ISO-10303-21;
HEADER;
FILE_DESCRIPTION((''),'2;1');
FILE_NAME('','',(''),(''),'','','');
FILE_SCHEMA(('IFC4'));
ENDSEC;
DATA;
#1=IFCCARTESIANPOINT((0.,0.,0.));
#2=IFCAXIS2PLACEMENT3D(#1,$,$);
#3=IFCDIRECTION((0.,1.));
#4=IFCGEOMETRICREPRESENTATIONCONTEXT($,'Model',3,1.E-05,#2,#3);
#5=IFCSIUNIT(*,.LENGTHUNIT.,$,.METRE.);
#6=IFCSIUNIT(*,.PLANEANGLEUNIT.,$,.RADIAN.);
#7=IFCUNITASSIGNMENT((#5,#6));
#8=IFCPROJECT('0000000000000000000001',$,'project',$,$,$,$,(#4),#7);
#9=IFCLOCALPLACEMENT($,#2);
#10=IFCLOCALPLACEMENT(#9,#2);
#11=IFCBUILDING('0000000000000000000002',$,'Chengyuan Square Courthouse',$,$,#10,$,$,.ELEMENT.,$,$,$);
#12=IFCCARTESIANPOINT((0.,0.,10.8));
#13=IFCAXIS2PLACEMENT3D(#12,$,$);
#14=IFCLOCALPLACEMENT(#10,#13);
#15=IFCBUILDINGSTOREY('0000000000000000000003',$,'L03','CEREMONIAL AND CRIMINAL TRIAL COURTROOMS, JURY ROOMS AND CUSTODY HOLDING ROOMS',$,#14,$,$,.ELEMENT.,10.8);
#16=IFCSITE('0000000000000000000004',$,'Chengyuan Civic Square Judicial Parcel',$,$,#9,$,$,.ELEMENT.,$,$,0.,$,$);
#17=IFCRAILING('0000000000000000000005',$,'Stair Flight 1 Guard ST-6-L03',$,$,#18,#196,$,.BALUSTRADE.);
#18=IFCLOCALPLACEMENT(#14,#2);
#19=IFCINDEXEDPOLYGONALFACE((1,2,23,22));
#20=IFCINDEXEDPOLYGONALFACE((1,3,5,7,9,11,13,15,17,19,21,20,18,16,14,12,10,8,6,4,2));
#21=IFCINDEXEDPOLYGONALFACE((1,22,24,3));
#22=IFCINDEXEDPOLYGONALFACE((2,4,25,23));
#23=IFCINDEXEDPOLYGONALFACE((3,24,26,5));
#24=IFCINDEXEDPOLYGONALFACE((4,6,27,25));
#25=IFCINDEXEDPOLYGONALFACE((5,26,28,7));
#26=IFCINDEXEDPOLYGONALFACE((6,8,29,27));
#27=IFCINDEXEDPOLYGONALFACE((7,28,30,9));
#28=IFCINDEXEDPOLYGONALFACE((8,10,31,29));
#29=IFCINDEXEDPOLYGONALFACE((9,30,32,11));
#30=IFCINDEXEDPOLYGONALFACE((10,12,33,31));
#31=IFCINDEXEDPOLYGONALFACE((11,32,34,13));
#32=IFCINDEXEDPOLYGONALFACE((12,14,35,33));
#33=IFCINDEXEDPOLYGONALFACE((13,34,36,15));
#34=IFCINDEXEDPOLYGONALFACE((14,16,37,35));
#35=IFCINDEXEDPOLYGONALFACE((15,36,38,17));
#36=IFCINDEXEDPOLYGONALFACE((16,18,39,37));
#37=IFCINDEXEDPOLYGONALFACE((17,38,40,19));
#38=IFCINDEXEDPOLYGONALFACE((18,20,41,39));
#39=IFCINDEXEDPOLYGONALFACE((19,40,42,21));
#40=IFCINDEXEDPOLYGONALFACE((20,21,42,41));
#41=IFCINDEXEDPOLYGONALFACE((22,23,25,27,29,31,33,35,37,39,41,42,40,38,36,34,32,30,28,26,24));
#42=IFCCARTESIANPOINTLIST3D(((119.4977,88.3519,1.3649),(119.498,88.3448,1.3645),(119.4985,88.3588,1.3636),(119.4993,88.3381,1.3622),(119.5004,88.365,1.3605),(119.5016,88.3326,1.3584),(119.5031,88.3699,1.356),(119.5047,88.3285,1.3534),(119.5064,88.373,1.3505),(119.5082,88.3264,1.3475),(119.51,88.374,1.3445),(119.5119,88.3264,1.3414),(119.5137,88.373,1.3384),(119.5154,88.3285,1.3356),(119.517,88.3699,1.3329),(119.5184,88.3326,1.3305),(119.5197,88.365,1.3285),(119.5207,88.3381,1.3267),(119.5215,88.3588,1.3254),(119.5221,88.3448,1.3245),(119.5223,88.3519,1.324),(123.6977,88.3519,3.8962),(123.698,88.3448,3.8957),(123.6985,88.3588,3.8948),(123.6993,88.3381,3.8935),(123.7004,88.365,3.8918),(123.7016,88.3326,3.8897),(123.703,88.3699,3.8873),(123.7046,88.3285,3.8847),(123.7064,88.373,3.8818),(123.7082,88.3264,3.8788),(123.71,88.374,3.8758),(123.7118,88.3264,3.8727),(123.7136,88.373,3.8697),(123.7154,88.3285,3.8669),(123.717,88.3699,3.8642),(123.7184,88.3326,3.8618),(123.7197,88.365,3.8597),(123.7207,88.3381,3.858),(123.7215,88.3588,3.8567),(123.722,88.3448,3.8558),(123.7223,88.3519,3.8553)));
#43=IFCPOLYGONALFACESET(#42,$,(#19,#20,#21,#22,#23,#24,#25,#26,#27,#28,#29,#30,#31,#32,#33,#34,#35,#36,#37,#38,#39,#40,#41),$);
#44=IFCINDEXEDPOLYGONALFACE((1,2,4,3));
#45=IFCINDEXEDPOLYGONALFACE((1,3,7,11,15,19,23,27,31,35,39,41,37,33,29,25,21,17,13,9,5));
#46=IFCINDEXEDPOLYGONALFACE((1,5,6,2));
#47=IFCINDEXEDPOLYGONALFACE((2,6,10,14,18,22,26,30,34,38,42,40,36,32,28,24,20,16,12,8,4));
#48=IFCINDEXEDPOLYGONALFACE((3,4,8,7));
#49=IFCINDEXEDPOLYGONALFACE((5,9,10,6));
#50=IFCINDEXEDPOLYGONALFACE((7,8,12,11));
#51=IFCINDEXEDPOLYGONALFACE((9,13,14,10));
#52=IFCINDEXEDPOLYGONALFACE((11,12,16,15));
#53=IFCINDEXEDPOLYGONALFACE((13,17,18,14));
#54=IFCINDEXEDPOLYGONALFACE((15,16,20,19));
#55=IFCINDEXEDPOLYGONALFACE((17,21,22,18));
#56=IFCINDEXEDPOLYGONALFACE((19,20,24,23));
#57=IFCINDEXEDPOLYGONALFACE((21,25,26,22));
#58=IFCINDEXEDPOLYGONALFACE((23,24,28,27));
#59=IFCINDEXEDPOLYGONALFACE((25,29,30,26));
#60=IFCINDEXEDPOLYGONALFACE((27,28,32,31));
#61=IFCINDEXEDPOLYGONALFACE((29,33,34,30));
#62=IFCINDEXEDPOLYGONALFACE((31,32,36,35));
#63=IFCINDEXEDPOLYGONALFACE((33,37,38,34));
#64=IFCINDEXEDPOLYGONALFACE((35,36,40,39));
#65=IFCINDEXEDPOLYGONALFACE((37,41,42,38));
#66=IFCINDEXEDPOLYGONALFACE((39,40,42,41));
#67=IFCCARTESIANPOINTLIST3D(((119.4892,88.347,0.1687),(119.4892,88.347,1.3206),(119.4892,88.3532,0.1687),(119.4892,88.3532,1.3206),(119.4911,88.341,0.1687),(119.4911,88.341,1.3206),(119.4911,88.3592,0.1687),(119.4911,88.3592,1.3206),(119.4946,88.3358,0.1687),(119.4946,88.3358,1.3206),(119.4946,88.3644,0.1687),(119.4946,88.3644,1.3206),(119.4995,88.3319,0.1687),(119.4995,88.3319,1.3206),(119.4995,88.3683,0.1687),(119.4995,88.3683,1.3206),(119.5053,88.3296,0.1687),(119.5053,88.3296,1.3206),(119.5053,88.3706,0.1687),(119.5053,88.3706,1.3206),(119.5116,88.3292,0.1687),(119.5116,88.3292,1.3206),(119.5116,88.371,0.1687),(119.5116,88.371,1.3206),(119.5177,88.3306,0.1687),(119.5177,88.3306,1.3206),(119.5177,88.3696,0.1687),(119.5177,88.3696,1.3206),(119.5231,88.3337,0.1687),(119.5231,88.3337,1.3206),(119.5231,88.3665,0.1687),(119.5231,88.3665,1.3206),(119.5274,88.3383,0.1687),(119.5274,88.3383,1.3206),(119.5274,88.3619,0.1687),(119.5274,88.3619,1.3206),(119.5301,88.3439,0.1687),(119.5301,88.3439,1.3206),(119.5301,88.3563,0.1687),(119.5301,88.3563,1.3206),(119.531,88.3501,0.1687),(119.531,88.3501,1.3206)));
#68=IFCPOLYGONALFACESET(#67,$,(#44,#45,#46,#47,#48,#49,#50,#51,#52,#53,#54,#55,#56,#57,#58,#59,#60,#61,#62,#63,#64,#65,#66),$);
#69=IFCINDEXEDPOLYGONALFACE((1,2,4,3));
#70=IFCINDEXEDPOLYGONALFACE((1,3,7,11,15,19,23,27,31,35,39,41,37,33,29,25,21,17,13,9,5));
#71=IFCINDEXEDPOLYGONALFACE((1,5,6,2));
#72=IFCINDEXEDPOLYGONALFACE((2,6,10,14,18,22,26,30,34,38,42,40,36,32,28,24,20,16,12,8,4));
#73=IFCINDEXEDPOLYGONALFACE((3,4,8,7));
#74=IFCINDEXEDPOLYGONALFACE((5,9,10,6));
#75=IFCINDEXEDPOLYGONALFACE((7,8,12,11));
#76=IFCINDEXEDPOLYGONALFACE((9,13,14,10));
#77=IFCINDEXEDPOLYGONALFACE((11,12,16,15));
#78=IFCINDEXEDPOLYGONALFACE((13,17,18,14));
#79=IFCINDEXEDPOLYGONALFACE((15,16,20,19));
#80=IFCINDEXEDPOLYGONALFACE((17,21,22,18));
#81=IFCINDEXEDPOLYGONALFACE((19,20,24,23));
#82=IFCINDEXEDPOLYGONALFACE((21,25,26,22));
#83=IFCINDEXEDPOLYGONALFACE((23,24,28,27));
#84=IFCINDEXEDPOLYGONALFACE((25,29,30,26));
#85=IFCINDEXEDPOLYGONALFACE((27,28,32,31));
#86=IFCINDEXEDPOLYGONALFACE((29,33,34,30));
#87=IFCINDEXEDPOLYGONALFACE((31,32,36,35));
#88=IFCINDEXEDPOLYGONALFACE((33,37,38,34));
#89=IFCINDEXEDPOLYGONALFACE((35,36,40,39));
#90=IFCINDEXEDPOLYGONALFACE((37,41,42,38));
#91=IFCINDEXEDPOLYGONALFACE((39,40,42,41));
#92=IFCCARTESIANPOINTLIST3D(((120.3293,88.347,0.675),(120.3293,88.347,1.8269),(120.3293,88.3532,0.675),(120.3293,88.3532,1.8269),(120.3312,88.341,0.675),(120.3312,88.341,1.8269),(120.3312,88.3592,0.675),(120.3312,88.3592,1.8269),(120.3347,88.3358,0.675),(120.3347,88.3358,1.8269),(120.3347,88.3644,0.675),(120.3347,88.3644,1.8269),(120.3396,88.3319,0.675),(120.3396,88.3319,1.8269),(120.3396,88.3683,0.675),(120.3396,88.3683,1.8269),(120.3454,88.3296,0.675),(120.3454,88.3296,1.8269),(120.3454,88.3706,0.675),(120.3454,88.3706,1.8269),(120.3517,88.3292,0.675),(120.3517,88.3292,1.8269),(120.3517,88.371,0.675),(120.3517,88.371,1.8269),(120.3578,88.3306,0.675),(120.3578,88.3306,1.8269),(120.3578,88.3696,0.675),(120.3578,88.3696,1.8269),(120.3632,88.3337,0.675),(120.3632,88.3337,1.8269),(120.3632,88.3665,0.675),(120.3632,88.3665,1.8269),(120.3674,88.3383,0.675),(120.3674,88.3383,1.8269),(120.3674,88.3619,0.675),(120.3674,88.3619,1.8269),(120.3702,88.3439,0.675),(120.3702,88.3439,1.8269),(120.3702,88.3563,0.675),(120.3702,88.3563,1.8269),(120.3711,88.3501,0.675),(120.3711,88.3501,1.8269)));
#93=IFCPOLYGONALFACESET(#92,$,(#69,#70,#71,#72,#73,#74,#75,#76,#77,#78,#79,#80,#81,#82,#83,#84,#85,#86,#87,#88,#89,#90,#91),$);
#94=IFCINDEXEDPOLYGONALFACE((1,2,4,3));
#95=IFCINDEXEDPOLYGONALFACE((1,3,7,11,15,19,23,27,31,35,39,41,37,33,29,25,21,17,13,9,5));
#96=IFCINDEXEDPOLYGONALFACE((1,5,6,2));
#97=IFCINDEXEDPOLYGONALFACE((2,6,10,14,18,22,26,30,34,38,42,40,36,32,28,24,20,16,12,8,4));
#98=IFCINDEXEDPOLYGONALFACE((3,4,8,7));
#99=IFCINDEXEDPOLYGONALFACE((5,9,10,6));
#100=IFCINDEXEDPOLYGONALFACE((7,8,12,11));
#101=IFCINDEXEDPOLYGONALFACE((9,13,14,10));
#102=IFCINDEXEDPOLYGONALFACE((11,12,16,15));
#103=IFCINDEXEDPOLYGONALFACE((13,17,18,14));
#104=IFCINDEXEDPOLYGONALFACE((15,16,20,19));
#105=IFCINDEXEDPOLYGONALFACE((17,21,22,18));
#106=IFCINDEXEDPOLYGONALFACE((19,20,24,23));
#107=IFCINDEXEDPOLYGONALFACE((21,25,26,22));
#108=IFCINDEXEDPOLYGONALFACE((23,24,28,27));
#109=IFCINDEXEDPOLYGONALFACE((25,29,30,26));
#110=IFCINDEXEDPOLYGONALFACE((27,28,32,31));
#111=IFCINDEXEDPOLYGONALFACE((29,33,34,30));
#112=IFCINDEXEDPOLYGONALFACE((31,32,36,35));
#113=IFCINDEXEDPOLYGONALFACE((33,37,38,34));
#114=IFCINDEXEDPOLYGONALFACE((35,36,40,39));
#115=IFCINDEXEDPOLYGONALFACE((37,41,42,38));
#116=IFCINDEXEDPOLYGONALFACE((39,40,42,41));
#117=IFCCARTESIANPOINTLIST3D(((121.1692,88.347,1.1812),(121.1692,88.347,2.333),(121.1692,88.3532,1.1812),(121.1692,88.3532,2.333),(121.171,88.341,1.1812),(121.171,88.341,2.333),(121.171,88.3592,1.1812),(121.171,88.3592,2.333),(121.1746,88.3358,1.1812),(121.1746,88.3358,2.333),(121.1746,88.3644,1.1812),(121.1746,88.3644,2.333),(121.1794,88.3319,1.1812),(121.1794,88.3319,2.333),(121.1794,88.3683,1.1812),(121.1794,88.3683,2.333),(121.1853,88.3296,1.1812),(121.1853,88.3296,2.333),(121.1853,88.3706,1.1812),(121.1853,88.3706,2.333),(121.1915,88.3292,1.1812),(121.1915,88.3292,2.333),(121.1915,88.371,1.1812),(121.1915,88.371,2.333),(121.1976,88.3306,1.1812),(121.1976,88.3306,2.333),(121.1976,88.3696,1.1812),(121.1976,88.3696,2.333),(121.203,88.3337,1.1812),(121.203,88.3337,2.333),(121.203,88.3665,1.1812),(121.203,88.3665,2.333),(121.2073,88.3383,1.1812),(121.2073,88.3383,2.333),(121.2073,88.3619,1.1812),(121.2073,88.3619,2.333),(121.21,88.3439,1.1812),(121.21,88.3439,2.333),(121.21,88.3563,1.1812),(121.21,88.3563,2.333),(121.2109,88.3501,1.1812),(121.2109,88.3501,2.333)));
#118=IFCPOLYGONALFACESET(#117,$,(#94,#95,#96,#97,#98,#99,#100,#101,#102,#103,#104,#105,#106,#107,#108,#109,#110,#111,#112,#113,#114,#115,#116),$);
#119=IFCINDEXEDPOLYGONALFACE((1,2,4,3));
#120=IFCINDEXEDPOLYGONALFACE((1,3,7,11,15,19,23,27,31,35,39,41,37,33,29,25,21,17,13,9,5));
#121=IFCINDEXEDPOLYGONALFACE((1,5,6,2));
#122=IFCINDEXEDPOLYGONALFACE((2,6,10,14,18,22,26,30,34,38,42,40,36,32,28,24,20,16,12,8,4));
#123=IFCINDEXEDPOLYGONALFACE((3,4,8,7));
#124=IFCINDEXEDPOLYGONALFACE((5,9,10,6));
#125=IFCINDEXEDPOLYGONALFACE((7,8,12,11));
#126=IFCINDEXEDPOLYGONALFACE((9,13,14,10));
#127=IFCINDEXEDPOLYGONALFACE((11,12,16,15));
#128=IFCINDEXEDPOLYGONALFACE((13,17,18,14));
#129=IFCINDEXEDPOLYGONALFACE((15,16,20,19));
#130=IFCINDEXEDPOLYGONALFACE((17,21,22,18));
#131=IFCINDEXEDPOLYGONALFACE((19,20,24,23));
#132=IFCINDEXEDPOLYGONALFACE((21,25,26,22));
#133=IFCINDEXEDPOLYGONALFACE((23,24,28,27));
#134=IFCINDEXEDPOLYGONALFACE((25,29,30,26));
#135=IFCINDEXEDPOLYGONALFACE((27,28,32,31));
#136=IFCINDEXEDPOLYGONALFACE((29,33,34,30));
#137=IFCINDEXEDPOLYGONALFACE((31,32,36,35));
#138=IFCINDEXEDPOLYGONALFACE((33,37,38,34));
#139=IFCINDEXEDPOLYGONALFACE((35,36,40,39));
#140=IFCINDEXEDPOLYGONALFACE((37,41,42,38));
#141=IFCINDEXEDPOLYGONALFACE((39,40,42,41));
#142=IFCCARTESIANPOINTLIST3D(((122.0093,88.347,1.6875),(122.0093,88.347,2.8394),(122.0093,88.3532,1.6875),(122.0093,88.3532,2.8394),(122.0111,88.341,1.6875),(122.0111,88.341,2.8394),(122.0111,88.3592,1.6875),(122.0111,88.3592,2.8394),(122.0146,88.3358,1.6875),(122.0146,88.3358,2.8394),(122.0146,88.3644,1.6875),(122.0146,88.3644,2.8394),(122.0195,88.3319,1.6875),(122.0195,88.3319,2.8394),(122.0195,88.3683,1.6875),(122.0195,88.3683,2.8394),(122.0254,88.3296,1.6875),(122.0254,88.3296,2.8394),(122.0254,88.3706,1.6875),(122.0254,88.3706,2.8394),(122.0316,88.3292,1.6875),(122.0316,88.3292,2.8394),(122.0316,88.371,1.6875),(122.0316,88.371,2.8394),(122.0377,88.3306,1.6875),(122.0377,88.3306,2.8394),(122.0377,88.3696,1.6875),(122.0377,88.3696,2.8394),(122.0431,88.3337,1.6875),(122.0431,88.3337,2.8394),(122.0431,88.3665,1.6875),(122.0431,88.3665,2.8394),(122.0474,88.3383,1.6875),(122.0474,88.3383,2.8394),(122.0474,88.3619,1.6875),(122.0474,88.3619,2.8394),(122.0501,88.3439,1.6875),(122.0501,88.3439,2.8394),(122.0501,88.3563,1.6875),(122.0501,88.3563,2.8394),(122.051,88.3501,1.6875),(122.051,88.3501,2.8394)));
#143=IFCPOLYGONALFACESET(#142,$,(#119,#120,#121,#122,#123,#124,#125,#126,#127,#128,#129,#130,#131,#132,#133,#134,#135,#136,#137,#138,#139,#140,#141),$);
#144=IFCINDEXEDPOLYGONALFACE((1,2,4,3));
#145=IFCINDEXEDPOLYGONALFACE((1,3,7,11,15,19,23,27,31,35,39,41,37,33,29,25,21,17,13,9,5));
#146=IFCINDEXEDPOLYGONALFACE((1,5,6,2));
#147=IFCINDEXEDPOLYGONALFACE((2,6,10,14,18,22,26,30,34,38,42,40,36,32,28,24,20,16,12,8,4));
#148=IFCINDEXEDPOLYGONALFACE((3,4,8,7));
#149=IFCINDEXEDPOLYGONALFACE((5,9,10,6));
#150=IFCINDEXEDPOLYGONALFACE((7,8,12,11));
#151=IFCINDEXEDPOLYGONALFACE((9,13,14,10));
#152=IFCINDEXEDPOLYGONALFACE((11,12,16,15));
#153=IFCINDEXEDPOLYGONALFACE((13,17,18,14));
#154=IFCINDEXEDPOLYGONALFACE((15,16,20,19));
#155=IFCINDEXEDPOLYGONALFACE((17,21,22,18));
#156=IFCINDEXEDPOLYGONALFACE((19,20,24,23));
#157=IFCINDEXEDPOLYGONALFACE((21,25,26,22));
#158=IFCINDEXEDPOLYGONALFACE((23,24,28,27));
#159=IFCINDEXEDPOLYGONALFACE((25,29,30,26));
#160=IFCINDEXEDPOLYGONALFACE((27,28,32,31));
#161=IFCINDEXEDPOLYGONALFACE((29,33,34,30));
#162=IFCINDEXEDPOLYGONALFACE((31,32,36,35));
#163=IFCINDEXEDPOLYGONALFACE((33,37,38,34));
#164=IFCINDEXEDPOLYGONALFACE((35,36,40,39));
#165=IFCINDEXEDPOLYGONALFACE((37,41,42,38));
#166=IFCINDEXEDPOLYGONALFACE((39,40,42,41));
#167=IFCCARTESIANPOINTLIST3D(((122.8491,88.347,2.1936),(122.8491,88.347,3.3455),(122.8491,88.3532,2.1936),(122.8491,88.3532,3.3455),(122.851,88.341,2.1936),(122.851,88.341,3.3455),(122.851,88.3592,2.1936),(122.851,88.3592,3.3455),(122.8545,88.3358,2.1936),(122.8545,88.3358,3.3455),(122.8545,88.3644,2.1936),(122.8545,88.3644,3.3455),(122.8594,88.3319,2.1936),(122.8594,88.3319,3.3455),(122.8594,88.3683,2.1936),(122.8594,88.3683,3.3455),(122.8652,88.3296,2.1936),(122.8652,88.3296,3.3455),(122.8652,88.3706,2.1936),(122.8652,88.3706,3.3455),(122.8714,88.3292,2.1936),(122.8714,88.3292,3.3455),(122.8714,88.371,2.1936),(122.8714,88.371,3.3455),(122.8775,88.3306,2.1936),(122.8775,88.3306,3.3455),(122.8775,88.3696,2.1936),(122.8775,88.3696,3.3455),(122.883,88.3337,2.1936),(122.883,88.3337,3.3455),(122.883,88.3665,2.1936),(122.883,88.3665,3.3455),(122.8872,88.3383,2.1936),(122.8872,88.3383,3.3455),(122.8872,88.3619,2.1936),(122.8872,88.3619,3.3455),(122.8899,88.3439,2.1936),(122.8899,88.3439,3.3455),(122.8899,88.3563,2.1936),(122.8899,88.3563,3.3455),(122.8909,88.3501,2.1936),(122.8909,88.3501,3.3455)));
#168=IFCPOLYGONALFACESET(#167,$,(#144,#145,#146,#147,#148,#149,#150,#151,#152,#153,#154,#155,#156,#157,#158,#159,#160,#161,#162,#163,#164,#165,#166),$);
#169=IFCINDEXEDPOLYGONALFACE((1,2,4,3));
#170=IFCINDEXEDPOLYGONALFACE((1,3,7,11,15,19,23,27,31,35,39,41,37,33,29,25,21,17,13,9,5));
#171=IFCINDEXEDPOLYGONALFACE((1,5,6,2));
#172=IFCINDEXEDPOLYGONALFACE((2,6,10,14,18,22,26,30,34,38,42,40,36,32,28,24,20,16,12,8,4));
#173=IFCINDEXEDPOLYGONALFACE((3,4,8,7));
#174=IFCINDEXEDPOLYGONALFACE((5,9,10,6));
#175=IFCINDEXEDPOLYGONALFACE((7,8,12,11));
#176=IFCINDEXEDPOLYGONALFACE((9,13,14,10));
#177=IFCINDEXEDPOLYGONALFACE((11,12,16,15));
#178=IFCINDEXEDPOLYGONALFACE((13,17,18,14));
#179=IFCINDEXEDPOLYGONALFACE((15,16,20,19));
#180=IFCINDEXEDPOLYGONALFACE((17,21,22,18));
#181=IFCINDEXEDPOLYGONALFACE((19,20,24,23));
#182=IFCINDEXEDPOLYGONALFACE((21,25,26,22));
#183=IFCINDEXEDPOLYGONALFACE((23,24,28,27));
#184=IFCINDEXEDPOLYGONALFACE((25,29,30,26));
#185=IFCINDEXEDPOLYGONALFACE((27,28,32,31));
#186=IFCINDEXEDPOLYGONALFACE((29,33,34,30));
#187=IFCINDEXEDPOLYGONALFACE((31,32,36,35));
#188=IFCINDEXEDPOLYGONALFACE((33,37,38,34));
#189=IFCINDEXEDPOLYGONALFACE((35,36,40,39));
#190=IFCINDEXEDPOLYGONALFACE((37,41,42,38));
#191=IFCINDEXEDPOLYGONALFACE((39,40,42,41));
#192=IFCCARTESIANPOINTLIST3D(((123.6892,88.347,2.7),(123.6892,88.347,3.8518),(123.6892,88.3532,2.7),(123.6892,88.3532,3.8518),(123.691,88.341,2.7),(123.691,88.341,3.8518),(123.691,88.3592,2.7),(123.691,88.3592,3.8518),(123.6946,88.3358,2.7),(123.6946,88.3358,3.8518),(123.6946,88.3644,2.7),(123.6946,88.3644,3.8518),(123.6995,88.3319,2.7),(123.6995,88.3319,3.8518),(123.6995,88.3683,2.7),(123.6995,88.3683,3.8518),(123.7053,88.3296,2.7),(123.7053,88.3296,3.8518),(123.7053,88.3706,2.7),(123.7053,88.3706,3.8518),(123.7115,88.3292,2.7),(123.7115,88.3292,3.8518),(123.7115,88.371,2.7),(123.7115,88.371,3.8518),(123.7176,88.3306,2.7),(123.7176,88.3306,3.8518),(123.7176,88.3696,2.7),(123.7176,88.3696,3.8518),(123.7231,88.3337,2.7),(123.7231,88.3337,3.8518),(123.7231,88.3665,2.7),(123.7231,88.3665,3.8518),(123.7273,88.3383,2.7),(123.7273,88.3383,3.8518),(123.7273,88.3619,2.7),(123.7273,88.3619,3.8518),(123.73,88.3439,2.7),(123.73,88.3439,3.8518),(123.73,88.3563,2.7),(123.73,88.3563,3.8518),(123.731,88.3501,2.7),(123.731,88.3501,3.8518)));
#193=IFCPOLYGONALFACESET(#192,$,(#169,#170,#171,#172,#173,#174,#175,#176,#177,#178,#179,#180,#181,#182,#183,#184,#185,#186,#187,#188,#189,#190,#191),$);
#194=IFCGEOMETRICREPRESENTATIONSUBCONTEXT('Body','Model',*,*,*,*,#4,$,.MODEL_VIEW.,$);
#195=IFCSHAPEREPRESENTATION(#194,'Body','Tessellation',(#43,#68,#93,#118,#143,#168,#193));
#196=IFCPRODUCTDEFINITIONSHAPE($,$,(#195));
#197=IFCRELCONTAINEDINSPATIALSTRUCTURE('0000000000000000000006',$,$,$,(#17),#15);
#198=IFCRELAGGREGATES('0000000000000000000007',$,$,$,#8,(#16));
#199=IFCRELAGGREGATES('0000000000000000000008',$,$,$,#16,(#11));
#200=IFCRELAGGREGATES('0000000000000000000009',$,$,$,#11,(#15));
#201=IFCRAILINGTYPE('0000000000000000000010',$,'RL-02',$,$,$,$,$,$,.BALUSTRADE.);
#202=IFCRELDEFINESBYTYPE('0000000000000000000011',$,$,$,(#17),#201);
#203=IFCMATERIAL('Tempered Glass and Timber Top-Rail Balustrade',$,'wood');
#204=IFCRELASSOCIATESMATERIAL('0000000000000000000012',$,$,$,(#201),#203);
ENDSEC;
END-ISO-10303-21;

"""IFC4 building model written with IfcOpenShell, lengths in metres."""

from ifc_helpers import new_model, si_unit, direction, frame, origin, origin_2d, place, context, subcontext, project, spatial, circle, extrude, material, type_object, element, save


model = new_model("IFC4")

# Units and contexts
model_context = context("Model", 3, precision=1e-05, world=origin(), true_north=direction((0.0, 1.0)))
body_context = subcontext(model_context, "Body", "Model", "MODEL_VIEW")
ifc_project = project(units=[si_unit("LENGTHUNIT", "METRE"), si_unit("PLANEANGLEUNIT", "RADIAN")], contexts=[model_context])

# Site, building, storey
site_placement = place(None, origin())
site = spatial("IfcSite", under=ifc_project, at=site_placement, Name="Chengyuan Civic Square Judicial Parcel", CompositionType="ELEMENT", RefElevation=0.0)
building_placement = place(site_placement, origin())
building = spatial("IfcBuilding", under=site, at=building_placement, Name="Chengyuan Square Courthouse", CompositionType="ELEMENT")
storey_placement = place(building_placement, frame((0.0, 0.0, 10.8)))
storey = spatial("IfcBuildingStorey", under=building, at=storey_placement, Name="L03", Description="CEREMONIAL AND CRIMINAL TRIAL COURTROOMS, JURY ROOMS AND CUSTODY HOLDING ROOMS", CompositionType="ELEMENT", Elevation=10.8)

# Railing
ifc_material_1 = material(Name="Tempered Glass and Timber Top-Rail Balustrade", Category="wood")
railing_type_1 = type_object("IfcRailingType", Name="RL-02", PredefinedType="BALUSTRADE", material=ifc_material_1)
railing_1_placement = place(storey_placement, frame((119.51, 88.3501, 0.1687)))
element("IfcRailing", 1, at=railing_1_placement, inside=storey, type_object=railing_type_1, Name="Stair Flight 1 Guard ST-6-L03", PredefinedType="BALUSTRADE", context=body_context, shape_type="SweptSolid", body=[
    extrude(circle(Radius=0.0239, at=origin_2d()), frame((0.0, 0.0, 1.1758), z_axis=(0.856476, 0.0, 0.516186), x_axis=(0.0, 1.0, 0.0)), (0.0, 0.0, 1.0), 4.9038),
    extrude(circle(Radius=0.021, at=origin_2d()), origin(), (0.0, 0.0, 1.0), 1.1519),
    extrude(circle(Radius=0.021, at=origin_2d()), frame((0.8401, 0.0, 0.5063)), (0.0, 0.0, 1.0), 1.1519),
    extrude(circle(Radius=0.021, at=origin_2d()), frame((1.6799, 0.0, 1.0125)), (0.0, 0.0, 1.0), 1.1519),
    extrude(circle(Radius=0.021, at=origin_2d()), frame((2.52, 0.0, 1.5188)), (0.0, 0.0, 1.0), 1.1519),
    extrude(circle(Radius=0.021, at=origin_2d()), frame((3.3599, 0.0, 2.0249)), (0.0, 0.0, 1.0), 1.1519),
    extrude(circle(Radius=0.021, at=origin_2d()), frame((4.2, 0.0, 2.5312)), (0.0, 0.0, 1.0), 1.1519),
])

save(model, "model.ifc")
